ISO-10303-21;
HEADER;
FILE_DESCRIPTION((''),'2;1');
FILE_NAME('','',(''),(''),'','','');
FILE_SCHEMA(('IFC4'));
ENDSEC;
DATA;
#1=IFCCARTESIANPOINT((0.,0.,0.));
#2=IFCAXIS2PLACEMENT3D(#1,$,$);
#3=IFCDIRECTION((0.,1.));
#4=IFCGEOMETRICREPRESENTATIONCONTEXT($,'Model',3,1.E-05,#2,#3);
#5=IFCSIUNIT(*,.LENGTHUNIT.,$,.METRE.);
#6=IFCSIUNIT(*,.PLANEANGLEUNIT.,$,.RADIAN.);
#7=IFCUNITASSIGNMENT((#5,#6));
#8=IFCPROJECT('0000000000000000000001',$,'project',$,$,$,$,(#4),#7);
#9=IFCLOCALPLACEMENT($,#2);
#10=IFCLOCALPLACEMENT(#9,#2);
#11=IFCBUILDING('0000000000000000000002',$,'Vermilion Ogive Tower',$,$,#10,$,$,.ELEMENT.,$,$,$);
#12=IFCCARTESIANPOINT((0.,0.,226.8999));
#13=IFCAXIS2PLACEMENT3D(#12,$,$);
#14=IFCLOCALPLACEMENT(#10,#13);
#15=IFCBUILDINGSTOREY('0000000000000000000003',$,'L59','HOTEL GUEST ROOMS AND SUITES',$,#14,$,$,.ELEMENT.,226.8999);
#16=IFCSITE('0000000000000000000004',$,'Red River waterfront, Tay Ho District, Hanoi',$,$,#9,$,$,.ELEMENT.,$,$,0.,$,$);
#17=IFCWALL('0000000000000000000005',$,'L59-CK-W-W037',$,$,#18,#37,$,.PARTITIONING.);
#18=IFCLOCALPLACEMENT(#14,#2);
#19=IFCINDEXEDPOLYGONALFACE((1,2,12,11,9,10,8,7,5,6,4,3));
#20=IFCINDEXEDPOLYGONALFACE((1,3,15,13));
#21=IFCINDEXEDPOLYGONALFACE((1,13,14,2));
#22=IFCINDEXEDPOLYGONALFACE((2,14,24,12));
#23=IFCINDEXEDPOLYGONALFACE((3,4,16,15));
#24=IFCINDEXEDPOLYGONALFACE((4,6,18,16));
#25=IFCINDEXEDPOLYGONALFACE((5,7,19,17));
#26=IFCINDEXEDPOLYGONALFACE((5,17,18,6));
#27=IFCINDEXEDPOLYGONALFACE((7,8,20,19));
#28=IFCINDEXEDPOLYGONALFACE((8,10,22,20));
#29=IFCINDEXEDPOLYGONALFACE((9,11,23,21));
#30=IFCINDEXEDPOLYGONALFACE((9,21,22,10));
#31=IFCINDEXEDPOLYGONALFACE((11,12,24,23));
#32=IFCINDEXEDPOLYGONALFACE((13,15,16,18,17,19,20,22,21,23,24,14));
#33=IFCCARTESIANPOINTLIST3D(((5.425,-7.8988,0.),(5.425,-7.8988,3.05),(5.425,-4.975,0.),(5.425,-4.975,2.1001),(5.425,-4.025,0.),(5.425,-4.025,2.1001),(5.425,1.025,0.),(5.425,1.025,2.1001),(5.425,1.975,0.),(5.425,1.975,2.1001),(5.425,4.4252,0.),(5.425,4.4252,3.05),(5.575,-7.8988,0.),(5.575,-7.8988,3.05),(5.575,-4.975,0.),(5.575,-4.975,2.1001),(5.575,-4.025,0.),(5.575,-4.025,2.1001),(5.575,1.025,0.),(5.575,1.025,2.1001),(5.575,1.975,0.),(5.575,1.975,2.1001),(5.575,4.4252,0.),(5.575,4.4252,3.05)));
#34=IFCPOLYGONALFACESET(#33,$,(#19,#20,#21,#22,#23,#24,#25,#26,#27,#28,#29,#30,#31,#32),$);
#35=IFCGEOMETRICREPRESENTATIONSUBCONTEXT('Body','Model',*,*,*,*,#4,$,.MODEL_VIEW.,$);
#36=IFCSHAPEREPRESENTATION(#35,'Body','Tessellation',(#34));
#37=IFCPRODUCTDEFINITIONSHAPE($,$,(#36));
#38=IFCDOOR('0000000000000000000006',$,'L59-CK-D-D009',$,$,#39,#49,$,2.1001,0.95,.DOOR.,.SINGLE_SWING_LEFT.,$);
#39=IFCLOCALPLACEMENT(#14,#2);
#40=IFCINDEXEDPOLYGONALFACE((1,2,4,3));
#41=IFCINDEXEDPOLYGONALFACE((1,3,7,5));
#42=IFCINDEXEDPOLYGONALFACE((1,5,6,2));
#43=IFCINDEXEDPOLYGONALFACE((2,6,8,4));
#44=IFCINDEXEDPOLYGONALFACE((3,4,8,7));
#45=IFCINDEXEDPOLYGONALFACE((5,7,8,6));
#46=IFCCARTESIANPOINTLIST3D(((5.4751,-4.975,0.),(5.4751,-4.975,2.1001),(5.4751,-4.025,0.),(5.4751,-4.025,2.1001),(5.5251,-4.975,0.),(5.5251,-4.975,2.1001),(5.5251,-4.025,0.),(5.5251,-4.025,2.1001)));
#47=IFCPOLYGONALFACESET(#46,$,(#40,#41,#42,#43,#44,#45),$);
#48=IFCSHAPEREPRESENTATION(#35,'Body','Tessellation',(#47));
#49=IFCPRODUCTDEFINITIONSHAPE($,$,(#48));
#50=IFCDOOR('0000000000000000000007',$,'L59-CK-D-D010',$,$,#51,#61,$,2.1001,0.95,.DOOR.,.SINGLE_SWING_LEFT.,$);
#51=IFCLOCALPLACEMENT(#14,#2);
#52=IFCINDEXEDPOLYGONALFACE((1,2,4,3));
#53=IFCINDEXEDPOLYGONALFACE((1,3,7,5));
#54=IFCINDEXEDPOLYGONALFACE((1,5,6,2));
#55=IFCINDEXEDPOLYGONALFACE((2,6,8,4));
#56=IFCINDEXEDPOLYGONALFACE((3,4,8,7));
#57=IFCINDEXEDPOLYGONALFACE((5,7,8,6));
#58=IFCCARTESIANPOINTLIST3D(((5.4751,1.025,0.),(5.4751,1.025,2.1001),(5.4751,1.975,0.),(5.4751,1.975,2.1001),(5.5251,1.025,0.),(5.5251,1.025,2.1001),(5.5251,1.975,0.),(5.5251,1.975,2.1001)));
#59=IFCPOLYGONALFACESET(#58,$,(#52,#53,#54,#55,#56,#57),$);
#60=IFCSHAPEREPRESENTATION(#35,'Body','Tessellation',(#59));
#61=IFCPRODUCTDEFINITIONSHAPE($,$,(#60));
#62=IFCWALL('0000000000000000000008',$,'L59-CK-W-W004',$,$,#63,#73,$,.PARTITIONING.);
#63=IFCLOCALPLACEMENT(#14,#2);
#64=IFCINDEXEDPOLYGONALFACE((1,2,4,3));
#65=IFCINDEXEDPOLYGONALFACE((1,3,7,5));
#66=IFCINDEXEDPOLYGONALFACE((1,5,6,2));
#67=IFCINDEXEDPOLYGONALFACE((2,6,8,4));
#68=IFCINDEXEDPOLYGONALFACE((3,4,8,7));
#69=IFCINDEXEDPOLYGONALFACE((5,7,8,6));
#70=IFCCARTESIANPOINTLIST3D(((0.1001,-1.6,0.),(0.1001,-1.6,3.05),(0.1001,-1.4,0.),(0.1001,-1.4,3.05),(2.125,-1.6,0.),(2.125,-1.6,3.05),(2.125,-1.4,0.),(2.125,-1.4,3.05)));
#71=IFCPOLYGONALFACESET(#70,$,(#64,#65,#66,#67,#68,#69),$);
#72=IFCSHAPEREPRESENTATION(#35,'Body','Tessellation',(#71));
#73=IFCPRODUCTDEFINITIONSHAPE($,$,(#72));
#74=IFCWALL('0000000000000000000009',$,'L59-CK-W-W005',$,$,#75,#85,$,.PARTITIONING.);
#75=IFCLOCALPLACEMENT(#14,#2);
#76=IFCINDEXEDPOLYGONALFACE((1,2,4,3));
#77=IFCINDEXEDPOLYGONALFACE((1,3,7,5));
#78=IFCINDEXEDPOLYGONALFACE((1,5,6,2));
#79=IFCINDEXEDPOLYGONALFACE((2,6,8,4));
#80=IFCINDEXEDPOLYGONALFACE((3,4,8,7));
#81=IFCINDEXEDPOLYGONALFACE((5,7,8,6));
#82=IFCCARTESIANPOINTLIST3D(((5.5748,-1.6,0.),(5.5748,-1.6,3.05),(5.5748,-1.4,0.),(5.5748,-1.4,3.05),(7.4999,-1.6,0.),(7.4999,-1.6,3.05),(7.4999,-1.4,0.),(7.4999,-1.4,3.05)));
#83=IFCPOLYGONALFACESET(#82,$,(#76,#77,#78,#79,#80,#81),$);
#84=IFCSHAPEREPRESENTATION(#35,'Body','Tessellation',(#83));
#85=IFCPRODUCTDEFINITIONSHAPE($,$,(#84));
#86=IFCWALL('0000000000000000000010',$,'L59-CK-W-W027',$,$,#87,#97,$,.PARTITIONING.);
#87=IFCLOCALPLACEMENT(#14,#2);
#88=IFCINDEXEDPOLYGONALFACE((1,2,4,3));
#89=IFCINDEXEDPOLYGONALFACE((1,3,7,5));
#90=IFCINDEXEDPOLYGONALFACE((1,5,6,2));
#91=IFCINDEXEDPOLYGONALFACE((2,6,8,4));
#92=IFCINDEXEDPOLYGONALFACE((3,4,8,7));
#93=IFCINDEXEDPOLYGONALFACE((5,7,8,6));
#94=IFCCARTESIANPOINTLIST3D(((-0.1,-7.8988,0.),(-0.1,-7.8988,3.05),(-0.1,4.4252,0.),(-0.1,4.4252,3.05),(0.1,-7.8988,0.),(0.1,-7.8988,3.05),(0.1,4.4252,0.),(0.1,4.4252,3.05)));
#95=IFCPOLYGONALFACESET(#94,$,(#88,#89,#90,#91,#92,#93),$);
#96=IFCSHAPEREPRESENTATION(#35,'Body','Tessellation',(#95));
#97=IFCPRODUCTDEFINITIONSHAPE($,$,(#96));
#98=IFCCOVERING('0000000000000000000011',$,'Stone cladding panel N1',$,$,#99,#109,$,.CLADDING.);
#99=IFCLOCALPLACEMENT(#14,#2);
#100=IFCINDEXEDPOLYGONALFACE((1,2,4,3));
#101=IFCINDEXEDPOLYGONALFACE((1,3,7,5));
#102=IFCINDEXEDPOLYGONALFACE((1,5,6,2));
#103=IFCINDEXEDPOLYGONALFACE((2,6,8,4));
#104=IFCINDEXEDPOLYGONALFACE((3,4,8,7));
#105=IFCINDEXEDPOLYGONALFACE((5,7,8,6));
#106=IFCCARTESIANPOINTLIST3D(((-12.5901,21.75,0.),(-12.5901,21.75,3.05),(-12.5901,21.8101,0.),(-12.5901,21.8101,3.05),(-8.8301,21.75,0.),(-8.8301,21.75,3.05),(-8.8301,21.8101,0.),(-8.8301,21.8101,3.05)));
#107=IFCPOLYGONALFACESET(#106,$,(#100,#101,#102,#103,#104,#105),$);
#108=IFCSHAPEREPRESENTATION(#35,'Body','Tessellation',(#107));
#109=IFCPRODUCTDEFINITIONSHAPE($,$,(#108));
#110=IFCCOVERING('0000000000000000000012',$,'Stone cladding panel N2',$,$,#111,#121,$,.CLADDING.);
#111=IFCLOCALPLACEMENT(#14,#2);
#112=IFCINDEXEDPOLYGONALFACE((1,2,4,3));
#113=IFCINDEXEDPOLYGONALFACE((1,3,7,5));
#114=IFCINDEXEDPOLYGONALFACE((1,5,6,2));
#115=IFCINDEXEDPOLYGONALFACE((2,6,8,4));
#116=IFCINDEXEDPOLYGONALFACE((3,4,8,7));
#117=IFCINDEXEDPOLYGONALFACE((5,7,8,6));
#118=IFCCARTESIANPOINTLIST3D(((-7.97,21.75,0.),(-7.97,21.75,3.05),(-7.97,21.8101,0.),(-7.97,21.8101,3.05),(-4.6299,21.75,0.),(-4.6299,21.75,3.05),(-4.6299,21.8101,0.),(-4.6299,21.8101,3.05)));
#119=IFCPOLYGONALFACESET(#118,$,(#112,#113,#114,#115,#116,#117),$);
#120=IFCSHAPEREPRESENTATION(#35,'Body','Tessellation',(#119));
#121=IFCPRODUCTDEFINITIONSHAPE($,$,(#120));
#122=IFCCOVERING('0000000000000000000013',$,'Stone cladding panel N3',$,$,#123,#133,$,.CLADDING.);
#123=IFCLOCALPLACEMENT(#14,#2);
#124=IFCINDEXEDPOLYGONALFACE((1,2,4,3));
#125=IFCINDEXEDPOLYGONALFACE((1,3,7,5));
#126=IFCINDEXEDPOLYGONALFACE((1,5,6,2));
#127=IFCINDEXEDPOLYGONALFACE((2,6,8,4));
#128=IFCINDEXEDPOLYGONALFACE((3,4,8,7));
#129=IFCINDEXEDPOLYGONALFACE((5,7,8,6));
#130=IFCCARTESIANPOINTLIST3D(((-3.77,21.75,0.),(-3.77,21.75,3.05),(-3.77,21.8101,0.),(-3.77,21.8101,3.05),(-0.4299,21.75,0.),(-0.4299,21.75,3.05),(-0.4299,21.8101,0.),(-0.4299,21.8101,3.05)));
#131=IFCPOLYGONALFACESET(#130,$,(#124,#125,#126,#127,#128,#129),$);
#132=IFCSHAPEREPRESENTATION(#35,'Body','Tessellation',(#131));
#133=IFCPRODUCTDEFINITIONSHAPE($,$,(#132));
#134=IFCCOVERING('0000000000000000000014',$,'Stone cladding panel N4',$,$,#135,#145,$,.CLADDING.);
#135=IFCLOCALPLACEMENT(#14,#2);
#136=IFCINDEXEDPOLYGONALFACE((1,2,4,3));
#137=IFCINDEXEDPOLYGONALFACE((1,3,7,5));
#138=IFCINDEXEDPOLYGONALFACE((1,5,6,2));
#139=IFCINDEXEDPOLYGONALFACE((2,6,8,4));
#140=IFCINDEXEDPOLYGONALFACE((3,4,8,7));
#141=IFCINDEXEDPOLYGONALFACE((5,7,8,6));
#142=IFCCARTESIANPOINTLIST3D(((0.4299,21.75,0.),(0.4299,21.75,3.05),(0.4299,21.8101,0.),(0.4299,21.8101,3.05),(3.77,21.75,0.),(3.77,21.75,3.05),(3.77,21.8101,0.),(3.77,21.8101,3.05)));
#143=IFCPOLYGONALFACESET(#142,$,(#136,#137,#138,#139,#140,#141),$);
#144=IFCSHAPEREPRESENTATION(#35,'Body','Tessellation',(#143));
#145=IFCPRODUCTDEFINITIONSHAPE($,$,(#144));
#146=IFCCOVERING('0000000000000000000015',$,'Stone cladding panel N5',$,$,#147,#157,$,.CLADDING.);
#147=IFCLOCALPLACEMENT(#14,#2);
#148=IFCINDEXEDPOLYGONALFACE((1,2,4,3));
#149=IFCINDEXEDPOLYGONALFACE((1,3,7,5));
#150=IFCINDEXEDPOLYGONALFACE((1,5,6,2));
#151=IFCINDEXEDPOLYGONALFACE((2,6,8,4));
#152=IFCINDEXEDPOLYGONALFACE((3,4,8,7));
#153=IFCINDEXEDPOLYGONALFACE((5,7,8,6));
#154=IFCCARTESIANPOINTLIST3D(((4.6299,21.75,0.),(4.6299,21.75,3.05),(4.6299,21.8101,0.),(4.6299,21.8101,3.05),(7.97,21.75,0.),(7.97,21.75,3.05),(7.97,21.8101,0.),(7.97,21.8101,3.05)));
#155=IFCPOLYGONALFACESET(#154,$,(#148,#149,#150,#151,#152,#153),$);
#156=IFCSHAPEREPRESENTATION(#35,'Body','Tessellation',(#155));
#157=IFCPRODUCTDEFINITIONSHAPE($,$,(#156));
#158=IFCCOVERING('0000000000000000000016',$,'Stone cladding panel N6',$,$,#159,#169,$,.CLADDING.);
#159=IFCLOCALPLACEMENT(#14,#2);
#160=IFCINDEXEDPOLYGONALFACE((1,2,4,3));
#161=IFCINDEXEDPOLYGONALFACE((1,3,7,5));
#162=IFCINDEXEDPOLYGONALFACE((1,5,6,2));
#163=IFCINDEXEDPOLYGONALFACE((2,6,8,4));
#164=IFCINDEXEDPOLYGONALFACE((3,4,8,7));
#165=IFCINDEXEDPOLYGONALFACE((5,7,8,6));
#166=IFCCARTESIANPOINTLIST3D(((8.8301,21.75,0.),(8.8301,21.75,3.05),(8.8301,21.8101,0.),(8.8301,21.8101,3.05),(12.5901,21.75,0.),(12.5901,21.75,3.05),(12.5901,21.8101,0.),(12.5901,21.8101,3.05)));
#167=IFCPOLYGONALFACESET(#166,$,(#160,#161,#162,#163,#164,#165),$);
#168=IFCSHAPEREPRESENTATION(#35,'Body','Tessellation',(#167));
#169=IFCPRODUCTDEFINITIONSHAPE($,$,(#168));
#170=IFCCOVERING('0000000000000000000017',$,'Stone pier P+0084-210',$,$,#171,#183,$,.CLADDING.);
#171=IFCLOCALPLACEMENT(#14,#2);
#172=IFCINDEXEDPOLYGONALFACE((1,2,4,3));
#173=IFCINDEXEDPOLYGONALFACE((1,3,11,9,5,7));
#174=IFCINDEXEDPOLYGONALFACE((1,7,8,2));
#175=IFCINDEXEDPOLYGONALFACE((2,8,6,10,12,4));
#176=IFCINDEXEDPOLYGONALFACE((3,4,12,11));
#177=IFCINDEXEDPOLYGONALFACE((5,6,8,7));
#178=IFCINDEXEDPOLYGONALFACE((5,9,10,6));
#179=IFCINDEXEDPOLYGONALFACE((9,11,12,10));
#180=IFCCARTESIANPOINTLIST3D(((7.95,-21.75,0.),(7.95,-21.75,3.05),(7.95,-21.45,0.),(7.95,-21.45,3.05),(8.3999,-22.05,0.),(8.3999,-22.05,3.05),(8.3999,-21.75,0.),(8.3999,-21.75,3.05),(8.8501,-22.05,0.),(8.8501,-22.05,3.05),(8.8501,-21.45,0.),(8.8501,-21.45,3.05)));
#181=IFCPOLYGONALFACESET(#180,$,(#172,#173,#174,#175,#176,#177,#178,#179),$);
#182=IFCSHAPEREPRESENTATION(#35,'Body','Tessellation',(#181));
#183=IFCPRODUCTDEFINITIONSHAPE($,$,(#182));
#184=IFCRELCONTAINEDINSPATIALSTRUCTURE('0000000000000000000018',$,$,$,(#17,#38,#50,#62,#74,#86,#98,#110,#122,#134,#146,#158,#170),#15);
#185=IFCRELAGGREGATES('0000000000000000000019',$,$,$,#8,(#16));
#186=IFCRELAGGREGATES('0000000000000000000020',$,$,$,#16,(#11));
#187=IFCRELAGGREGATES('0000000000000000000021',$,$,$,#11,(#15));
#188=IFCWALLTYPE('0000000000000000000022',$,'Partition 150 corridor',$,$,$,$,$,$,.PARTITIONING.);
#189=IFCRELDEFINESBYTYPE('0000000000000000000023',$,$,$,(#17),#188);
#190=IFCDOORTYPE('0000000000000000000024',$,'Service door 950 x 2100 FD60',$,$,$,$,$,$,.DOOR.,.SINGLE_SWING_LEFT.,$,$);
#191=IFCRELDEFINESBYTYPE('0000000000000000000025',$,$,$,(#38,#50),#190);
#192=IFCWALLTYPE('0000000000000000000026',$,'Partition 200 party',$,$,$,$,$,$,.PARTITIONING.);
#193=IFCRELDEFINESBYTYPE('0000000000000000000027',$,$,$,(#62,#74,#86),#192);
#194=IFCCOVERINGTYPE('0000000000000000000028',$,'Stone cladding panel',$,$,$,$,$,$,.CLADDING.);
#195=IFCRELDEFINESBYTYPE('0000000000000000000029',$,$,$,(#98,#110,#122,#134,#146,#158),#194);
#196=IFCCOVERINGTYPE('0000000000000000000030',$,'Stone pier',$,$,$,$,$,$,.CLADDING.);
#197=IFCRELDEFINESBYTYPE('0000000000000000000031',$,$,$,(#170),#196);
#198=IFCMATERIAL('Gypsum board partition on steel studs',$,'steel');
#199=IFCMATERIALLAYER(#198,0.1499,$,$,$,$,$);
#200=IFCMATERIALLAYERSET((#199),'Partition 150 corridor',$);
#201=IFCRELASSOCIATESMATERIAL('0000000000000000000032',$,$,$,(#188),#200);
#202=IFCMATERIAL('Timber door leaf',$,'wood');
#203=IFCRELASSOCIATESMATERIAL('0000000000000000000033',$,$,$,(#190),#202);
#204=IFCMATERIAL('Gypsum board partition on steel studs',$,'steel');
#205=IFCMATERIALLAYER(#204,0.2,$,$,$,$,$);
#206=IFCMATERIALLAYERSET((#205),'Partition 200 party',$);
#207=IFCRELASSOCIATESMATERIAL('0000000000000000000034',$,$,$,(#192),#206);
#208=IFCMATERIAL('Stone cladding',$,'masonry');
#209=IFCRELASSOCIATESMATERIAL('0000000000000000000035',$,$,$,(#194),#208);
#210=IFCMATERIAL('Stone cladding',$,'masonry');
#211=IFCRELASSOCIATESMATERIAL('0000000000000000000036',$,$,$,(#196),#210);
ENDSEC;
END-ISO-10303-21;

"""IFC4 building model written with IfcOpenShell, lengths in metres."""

from ifc_helpers import new_model, si_unit, direction, frame, frame_2d, origin, place, context, subcontext, project, spatial, polyline, rectangle, outline, extrude, material, layer, layer_set, type_object, element, fill, save


model = new_model("IFC4")

# Units and contexts
model_context = context("Model", 3, precision=1e-05, world=origin(), true_north=direction((0.0, 1.0)))
body_context = subcontext(model_context, "Body", "Model", "MODEL_VIEW")
ifc_project = project(units=[si_unit("LENGTHUNIT", "METRE"), si_unit("PLANEANGLEUNIT", "RADIAN")], contexts=[model_context])

# Site, building, storey
site_placement = place(None, origin())
site = spatial("IfcSite", under=ifc_project, at=site_placement, Name="Red River waterfront, Tay Ho District, Hanoi", CompositionType="ELEMENT", RefElevation=0.0)
building_placement = place(site_placement, origin())
building = spatial("IfcBuilding", under=site, at=building_placement, Name="Vermilion Ogive Tower", CompositionType="ELEMENT")
storey_placement = place(building_placement, frame((0.0, 0.0, 226.8999)))
storey = spatial("IfcBuildingStorey", under=building, at=storey_placement, Name="L59", Description="HOTEL GUEST ROOMS AND SUITES", CompositionType="ELEMENT", Elevation=226.8999)

# Shared definitions
ifc_material_1 = material(Name="Gypsum board partition on steel studs", Category="steel")
ifc_layer_1 = layer(ifc_material_1, 0.1499)
ifc_layer_set_1 = layer_set([ifc_layer_1], Name="Partition 150 corridor")
wall_type_1 = type_object("IfcWallType", Name="Partition 150 corridor", PredefinedType="PARTITIONING", material=ifc_layer_set_1)

# Wall, openings, doors
ifc_material_2 = material(Name="Timber door leaf", Category="wood")
door_type_1 = type_object("IfcDoorType", Name="Service door 950 x 2100 FD60", OperationType="SINGLE_SWING_LEFT", PredefinedType="DOOR", material=ifc_material_2)
wall_1_placement = place(storey_placement, frame((5.5, -7.8989, 0.0), z_axis=(0.0, 0.0, 1.0), x_axis=(0.0, 1.0, 0.0)))
wall_1 = element("IfcWall", 1, at=wall_1_placement, inside=storey, type_object=wall_type_1, Name="L59-CK-W-W037", PredefinedType="PARTITIONING", context=body_context, shape_type="SweptSolid", body=[
    extrude(rectangle(XDim=12.324, YDim=0.1499, at=frame_2d((6.1621, 0.0))), origin(), (0.0, 0.0, 1.0), 3.05),
])
opening_1_placement = place(wall_1_placement, frame((2.9238, 0.0, 0.0)))
opening_1 = element("IfcOpeningElement", 2, at=opening_1_placement, cuts=wall_1, PredefinedType="OPENING", context=body_context, shape_type="SweptSolid", body=[
    extrude(rectangle(XDim=0.95, YDim=2.1001, at=frame_2d((0.4751, 1.05))), frame((0.0, 0.085, 0.0), z_axis=(0.0, -1.0, 0.0), x_axis=(1.0, 0.0, 0.0)), (0.0, 0.0, 1.0), 0.1699),
])
opening_2_placement = place(wall_1_placement, frame((8.9238, 0.0, 0.0)))
opening_2 = element("IfcOpeningElement", 3, at=opening_2_placement, cuts=wall_1, PredefinedType="OPENING", context=body_context, shape_type="SweptSolid", body=[
    extrude(rectangle(XDim=0.95, YDim=2.1001, at=frame_2d((0.4751, 1.05))), frame((0.0, 0.085, 0.0), z_axis=(0.0, -1.0, 0.0), x_axis=(1.0, 0.0, 0.0)), (0.0, 0.0, 1.0), 0.1699),
])
door_1_placement = place(opening_1_placement, origin())
door_1 = element("IfcDoor", 4, at=door_1_placement, inside=storey, type_object=door_type_1, Name="L59-CK-D-D009", OperationType="SINGLE_SWING_LEFT", OverallHeight=2.1001, OverallWidth=0.95, PredefinedType="DOOR", context=body_context, shape_type="SweptSolid", body=[
    extrude(rectangle(XDim=0.95, YDim=2.1001, at=frame_2d((0.4751, 1.05))), frame((0.0, 0.0249, 0.0), z_axis=(0.0, -1.0, 0.0), x_axis=(1.0, 0.0, 0.0)), (0.0, 0.0, 1.0), 0.05),
])
fill(opening_1, door_1)
door_2_placement = place(opening_2_placement, origin())
door_2 = element("IfcDoor", 5, at=door_2_placement, inside=storey, type_object=door_type_1, Name="L59-CK-D-D010", OperationType="SINGLE_SWING_LEFT", OverallHeight=2.1001, OverallWidth=0.95, PredefinedType="DOOR", context=body_context, shape_type="SweptSolid", body=[
    extrude(rectangle(XDim=0.95, YDim=2.1001, at=frame_2d((0.4751, 1.05))), frame((0.0, 0.0249, 0.0), z_axis=(0.0, -1.0, 0.0), x_axis=(1.0, 0.0, 0.0)), (0.0, 0.0, 1.0), 0.05),
])
fill(opening_2, door_2)

# Walls
ifc_material_3 = material(Name="Gypsum board partition on steel studs", Category="steel")
ifc_layer_2 = layer(ifc_material_3, 0.2)
ifc_layer_set_2 = layer_set([ifc_layer_2], Name="Partition 200 party")
wall_type_2 = type_object("IfcWallType", Name="Partition 200 party", PredefinedType="PARTITIONING", material=ifc_layer_set_2)
wall_2_placement = place(storey_placement, frame((0.1001, -1.5, 0.0), z_axis=(0.0, 0.0, 1.0), x_axis=(1.0, 0.0, 0.0)))
element("IfcWall", 6, at=wall_2_placement, inside=storey, type_object=wall_type_2, Name="L59-CK-W-W004", PredefinedType="PARTITIONING", context=body_context, shape_type="SweptSolid", body=[
    extrude(rectangle(XDim=2.0249, YDim=0.2, at=frame_2d((1.0125, 0.0))), origin(), (0.0, 0.0, 1.0), 3.05),
])
wall_3_placement = place(storey_placement, frame((5.575, -1.5, 0.0), z_axis=(0.0, 0.0, 1.0), x_axis=(1.0, 0.0, 0.0)))
element("IfcWall", 7, at=wall_3_placement, inside=storey, type_object=wall_type_2, Name="L59-CK-W-W005", PredefinedType="PARTITIONING", context=body_context, shape_type="SweptSolid", body=[
    extrude(rectangle(XDim=1.925, YDim=0.2, at=frame_2d((0.9624, 0.0))), origin(), (0.0, 0.0, 1.0), 3.05),
])
wall_4_placement = place(storey_placement, frame((0.0, -7.8989, 0.0), z_axis=(0.0, 0.0, 1.0), x_axis=(0.0, 1.0, 0.0)))
element("IfcWall", 8, at=wall_4_placement, inside=storey, type_object=wall_type_2, Name="L59-CK-W-W027", PredefinedType="PARTITIONING", context=body_context, shape_type="SweptSolid", body=[
    extrude(rectangle(XDim=12.324, YDim=0.2, at=frame_2d((6.1621, 0.0))), origin(), (0.0, 0.0, 1.0), 3.05),
])

# Coverings
ifc_material_4 = material(Name="Stone cladding", Category="masonry")
covering_type_1 = type_object("IfcCoveringType", Name="Stone cladding panel", PredefinedType="CLADDING", material=ifc_material_4)
covering_1_placement = place(storey_placement, origin())
element("IfcCovering", 9, at=covering_1_placement, inside=storey, type_object=covering_type_1, Name="Stone cladding panel N1", PredefinedType="CLADDING", context=body_context, shape_type="SweptSolid", body=[
    extrude(outline(polyline([(-12.5901, 21.75), (-8.8301, 21.75), (-8.8301, 21.8101), (-12.5901, 21.8101), (-12.5901, 21.75)])), origin(), (0.0, 0.0, 1.0), 3.05),
])
covering_2_placement = place(storey_placement, origin())
element("IfcCovering", 10, at=covering_2_placement, inside=storey, type_object=covering_type_1, Name="Stone cladding panel N2", PredefinedType="CLADDING", context=body_context, shape_type="SweptSolid", body=[
    extrude(outline(polyline([(-7.97, 21.75), (-4.6299, 21.75), (-4.6299, 21.8101), (-7.97, 21.8101), (-7.97, 21.75)])), origin(), (0.0, 0.0, 1.0), 3.05),
])
covering_3_placement = place(storey_placement, origin())
element("IfcCovering", 11, at=covering_3_placement, inside=storey, type_object=covering_type_1, Name="Stone cladding panel N3", PredefinedType="CLADDING", context=body_context, shape_type="SweptSolid", body=[
    extrude(outline(polyline([(-3.77, 21.75), (-0.4299, 21.75), (-0.4299, 21.8101), (-3.77, 21.8101), (-3.77, 21.75)])), origin(), (0.0, 0.0, 1.0), 3.05),
])
covering_4_placement = place(storey_placement, origin())
element("IfcCovering", 12, at=covering_4_placement, inside=storey, type_object=covering_type_1, Name="Stone cladding panel N4", PredefinedType="CLADDING", context=body_context, shape_type="SweptSolid", body=[
    extrude(outline(polyline([(0.4299, 21.75), (3.77, 21.75), (3.77, 21.8101), (0.4299, 21.8101), (0.4299, 21.75)])), origin(), (0.0, 0.0, 1.0), 3.05),
])
covering_5_placement = place(storey_placement, origin())
element("IfcCovering", 13, at=covering_5_placement, inside=storey, type_object=covering_type_1, Name="Stone cladding panel N5", PredefinedType="CLADDING", context=body_context, shape_type="SweptSolid", body=[
    extrude(outline(polyline([(4.6299, 21.75), (7.97, 21.75), (7.97, 21.8101), (4.6299, 21.8101), (4.6299, 21.75)])), origin(), (0.0, 0.0, 1.0), 3.05),
])
covering_6_placement = place(storey_placement, origin())
element("IfcCovering", 14, at=covering_6_placement, inside=storey, type_object=covering_type_1, Name="Stone cladding panel N6", PredefinedType="CLADDING", context=body_context, shape_type="SweptSolid", body=[
    extrude(outline(polyline([(8.8301, 21.75), (12.5901, 21.75), (12.5901, 21.8101), (8.8301, 21.8101), (8.8301, 21.75)])), origin(), (0.0, 0.0, 1.0), 3.05),
])
ifc_material_5 = material(Name="Stone cladding", Category="masonry")
covering_type_2 = type_object("IfcCoveringType", Name="Stone pier", PredefinedType="CLADDING", material=ifc_material_5)
covering_7_placement = place(storey_placement, origin())
element("IfcCovering", 15, at=covering_7_placement, inside=storey, type_object=covering_type_2, Name="Stone pier P+0084-210", PredefinedType="CLADDING", context=body_context, shape_type="SweptSolid", body=[
    extrude(outline(polyline([(8.8501, -21.45), (8.8501, -22.05), (8.3999, -22.05), (8.3999, -21.75), (7.95, -21.75), (7.95, -21.45), (7.95, -21.45), (8.8501, -21.45)])), origin(), (0.0, 0.0, 1.0), 3.05),
])

save(model, "model.ifc")
